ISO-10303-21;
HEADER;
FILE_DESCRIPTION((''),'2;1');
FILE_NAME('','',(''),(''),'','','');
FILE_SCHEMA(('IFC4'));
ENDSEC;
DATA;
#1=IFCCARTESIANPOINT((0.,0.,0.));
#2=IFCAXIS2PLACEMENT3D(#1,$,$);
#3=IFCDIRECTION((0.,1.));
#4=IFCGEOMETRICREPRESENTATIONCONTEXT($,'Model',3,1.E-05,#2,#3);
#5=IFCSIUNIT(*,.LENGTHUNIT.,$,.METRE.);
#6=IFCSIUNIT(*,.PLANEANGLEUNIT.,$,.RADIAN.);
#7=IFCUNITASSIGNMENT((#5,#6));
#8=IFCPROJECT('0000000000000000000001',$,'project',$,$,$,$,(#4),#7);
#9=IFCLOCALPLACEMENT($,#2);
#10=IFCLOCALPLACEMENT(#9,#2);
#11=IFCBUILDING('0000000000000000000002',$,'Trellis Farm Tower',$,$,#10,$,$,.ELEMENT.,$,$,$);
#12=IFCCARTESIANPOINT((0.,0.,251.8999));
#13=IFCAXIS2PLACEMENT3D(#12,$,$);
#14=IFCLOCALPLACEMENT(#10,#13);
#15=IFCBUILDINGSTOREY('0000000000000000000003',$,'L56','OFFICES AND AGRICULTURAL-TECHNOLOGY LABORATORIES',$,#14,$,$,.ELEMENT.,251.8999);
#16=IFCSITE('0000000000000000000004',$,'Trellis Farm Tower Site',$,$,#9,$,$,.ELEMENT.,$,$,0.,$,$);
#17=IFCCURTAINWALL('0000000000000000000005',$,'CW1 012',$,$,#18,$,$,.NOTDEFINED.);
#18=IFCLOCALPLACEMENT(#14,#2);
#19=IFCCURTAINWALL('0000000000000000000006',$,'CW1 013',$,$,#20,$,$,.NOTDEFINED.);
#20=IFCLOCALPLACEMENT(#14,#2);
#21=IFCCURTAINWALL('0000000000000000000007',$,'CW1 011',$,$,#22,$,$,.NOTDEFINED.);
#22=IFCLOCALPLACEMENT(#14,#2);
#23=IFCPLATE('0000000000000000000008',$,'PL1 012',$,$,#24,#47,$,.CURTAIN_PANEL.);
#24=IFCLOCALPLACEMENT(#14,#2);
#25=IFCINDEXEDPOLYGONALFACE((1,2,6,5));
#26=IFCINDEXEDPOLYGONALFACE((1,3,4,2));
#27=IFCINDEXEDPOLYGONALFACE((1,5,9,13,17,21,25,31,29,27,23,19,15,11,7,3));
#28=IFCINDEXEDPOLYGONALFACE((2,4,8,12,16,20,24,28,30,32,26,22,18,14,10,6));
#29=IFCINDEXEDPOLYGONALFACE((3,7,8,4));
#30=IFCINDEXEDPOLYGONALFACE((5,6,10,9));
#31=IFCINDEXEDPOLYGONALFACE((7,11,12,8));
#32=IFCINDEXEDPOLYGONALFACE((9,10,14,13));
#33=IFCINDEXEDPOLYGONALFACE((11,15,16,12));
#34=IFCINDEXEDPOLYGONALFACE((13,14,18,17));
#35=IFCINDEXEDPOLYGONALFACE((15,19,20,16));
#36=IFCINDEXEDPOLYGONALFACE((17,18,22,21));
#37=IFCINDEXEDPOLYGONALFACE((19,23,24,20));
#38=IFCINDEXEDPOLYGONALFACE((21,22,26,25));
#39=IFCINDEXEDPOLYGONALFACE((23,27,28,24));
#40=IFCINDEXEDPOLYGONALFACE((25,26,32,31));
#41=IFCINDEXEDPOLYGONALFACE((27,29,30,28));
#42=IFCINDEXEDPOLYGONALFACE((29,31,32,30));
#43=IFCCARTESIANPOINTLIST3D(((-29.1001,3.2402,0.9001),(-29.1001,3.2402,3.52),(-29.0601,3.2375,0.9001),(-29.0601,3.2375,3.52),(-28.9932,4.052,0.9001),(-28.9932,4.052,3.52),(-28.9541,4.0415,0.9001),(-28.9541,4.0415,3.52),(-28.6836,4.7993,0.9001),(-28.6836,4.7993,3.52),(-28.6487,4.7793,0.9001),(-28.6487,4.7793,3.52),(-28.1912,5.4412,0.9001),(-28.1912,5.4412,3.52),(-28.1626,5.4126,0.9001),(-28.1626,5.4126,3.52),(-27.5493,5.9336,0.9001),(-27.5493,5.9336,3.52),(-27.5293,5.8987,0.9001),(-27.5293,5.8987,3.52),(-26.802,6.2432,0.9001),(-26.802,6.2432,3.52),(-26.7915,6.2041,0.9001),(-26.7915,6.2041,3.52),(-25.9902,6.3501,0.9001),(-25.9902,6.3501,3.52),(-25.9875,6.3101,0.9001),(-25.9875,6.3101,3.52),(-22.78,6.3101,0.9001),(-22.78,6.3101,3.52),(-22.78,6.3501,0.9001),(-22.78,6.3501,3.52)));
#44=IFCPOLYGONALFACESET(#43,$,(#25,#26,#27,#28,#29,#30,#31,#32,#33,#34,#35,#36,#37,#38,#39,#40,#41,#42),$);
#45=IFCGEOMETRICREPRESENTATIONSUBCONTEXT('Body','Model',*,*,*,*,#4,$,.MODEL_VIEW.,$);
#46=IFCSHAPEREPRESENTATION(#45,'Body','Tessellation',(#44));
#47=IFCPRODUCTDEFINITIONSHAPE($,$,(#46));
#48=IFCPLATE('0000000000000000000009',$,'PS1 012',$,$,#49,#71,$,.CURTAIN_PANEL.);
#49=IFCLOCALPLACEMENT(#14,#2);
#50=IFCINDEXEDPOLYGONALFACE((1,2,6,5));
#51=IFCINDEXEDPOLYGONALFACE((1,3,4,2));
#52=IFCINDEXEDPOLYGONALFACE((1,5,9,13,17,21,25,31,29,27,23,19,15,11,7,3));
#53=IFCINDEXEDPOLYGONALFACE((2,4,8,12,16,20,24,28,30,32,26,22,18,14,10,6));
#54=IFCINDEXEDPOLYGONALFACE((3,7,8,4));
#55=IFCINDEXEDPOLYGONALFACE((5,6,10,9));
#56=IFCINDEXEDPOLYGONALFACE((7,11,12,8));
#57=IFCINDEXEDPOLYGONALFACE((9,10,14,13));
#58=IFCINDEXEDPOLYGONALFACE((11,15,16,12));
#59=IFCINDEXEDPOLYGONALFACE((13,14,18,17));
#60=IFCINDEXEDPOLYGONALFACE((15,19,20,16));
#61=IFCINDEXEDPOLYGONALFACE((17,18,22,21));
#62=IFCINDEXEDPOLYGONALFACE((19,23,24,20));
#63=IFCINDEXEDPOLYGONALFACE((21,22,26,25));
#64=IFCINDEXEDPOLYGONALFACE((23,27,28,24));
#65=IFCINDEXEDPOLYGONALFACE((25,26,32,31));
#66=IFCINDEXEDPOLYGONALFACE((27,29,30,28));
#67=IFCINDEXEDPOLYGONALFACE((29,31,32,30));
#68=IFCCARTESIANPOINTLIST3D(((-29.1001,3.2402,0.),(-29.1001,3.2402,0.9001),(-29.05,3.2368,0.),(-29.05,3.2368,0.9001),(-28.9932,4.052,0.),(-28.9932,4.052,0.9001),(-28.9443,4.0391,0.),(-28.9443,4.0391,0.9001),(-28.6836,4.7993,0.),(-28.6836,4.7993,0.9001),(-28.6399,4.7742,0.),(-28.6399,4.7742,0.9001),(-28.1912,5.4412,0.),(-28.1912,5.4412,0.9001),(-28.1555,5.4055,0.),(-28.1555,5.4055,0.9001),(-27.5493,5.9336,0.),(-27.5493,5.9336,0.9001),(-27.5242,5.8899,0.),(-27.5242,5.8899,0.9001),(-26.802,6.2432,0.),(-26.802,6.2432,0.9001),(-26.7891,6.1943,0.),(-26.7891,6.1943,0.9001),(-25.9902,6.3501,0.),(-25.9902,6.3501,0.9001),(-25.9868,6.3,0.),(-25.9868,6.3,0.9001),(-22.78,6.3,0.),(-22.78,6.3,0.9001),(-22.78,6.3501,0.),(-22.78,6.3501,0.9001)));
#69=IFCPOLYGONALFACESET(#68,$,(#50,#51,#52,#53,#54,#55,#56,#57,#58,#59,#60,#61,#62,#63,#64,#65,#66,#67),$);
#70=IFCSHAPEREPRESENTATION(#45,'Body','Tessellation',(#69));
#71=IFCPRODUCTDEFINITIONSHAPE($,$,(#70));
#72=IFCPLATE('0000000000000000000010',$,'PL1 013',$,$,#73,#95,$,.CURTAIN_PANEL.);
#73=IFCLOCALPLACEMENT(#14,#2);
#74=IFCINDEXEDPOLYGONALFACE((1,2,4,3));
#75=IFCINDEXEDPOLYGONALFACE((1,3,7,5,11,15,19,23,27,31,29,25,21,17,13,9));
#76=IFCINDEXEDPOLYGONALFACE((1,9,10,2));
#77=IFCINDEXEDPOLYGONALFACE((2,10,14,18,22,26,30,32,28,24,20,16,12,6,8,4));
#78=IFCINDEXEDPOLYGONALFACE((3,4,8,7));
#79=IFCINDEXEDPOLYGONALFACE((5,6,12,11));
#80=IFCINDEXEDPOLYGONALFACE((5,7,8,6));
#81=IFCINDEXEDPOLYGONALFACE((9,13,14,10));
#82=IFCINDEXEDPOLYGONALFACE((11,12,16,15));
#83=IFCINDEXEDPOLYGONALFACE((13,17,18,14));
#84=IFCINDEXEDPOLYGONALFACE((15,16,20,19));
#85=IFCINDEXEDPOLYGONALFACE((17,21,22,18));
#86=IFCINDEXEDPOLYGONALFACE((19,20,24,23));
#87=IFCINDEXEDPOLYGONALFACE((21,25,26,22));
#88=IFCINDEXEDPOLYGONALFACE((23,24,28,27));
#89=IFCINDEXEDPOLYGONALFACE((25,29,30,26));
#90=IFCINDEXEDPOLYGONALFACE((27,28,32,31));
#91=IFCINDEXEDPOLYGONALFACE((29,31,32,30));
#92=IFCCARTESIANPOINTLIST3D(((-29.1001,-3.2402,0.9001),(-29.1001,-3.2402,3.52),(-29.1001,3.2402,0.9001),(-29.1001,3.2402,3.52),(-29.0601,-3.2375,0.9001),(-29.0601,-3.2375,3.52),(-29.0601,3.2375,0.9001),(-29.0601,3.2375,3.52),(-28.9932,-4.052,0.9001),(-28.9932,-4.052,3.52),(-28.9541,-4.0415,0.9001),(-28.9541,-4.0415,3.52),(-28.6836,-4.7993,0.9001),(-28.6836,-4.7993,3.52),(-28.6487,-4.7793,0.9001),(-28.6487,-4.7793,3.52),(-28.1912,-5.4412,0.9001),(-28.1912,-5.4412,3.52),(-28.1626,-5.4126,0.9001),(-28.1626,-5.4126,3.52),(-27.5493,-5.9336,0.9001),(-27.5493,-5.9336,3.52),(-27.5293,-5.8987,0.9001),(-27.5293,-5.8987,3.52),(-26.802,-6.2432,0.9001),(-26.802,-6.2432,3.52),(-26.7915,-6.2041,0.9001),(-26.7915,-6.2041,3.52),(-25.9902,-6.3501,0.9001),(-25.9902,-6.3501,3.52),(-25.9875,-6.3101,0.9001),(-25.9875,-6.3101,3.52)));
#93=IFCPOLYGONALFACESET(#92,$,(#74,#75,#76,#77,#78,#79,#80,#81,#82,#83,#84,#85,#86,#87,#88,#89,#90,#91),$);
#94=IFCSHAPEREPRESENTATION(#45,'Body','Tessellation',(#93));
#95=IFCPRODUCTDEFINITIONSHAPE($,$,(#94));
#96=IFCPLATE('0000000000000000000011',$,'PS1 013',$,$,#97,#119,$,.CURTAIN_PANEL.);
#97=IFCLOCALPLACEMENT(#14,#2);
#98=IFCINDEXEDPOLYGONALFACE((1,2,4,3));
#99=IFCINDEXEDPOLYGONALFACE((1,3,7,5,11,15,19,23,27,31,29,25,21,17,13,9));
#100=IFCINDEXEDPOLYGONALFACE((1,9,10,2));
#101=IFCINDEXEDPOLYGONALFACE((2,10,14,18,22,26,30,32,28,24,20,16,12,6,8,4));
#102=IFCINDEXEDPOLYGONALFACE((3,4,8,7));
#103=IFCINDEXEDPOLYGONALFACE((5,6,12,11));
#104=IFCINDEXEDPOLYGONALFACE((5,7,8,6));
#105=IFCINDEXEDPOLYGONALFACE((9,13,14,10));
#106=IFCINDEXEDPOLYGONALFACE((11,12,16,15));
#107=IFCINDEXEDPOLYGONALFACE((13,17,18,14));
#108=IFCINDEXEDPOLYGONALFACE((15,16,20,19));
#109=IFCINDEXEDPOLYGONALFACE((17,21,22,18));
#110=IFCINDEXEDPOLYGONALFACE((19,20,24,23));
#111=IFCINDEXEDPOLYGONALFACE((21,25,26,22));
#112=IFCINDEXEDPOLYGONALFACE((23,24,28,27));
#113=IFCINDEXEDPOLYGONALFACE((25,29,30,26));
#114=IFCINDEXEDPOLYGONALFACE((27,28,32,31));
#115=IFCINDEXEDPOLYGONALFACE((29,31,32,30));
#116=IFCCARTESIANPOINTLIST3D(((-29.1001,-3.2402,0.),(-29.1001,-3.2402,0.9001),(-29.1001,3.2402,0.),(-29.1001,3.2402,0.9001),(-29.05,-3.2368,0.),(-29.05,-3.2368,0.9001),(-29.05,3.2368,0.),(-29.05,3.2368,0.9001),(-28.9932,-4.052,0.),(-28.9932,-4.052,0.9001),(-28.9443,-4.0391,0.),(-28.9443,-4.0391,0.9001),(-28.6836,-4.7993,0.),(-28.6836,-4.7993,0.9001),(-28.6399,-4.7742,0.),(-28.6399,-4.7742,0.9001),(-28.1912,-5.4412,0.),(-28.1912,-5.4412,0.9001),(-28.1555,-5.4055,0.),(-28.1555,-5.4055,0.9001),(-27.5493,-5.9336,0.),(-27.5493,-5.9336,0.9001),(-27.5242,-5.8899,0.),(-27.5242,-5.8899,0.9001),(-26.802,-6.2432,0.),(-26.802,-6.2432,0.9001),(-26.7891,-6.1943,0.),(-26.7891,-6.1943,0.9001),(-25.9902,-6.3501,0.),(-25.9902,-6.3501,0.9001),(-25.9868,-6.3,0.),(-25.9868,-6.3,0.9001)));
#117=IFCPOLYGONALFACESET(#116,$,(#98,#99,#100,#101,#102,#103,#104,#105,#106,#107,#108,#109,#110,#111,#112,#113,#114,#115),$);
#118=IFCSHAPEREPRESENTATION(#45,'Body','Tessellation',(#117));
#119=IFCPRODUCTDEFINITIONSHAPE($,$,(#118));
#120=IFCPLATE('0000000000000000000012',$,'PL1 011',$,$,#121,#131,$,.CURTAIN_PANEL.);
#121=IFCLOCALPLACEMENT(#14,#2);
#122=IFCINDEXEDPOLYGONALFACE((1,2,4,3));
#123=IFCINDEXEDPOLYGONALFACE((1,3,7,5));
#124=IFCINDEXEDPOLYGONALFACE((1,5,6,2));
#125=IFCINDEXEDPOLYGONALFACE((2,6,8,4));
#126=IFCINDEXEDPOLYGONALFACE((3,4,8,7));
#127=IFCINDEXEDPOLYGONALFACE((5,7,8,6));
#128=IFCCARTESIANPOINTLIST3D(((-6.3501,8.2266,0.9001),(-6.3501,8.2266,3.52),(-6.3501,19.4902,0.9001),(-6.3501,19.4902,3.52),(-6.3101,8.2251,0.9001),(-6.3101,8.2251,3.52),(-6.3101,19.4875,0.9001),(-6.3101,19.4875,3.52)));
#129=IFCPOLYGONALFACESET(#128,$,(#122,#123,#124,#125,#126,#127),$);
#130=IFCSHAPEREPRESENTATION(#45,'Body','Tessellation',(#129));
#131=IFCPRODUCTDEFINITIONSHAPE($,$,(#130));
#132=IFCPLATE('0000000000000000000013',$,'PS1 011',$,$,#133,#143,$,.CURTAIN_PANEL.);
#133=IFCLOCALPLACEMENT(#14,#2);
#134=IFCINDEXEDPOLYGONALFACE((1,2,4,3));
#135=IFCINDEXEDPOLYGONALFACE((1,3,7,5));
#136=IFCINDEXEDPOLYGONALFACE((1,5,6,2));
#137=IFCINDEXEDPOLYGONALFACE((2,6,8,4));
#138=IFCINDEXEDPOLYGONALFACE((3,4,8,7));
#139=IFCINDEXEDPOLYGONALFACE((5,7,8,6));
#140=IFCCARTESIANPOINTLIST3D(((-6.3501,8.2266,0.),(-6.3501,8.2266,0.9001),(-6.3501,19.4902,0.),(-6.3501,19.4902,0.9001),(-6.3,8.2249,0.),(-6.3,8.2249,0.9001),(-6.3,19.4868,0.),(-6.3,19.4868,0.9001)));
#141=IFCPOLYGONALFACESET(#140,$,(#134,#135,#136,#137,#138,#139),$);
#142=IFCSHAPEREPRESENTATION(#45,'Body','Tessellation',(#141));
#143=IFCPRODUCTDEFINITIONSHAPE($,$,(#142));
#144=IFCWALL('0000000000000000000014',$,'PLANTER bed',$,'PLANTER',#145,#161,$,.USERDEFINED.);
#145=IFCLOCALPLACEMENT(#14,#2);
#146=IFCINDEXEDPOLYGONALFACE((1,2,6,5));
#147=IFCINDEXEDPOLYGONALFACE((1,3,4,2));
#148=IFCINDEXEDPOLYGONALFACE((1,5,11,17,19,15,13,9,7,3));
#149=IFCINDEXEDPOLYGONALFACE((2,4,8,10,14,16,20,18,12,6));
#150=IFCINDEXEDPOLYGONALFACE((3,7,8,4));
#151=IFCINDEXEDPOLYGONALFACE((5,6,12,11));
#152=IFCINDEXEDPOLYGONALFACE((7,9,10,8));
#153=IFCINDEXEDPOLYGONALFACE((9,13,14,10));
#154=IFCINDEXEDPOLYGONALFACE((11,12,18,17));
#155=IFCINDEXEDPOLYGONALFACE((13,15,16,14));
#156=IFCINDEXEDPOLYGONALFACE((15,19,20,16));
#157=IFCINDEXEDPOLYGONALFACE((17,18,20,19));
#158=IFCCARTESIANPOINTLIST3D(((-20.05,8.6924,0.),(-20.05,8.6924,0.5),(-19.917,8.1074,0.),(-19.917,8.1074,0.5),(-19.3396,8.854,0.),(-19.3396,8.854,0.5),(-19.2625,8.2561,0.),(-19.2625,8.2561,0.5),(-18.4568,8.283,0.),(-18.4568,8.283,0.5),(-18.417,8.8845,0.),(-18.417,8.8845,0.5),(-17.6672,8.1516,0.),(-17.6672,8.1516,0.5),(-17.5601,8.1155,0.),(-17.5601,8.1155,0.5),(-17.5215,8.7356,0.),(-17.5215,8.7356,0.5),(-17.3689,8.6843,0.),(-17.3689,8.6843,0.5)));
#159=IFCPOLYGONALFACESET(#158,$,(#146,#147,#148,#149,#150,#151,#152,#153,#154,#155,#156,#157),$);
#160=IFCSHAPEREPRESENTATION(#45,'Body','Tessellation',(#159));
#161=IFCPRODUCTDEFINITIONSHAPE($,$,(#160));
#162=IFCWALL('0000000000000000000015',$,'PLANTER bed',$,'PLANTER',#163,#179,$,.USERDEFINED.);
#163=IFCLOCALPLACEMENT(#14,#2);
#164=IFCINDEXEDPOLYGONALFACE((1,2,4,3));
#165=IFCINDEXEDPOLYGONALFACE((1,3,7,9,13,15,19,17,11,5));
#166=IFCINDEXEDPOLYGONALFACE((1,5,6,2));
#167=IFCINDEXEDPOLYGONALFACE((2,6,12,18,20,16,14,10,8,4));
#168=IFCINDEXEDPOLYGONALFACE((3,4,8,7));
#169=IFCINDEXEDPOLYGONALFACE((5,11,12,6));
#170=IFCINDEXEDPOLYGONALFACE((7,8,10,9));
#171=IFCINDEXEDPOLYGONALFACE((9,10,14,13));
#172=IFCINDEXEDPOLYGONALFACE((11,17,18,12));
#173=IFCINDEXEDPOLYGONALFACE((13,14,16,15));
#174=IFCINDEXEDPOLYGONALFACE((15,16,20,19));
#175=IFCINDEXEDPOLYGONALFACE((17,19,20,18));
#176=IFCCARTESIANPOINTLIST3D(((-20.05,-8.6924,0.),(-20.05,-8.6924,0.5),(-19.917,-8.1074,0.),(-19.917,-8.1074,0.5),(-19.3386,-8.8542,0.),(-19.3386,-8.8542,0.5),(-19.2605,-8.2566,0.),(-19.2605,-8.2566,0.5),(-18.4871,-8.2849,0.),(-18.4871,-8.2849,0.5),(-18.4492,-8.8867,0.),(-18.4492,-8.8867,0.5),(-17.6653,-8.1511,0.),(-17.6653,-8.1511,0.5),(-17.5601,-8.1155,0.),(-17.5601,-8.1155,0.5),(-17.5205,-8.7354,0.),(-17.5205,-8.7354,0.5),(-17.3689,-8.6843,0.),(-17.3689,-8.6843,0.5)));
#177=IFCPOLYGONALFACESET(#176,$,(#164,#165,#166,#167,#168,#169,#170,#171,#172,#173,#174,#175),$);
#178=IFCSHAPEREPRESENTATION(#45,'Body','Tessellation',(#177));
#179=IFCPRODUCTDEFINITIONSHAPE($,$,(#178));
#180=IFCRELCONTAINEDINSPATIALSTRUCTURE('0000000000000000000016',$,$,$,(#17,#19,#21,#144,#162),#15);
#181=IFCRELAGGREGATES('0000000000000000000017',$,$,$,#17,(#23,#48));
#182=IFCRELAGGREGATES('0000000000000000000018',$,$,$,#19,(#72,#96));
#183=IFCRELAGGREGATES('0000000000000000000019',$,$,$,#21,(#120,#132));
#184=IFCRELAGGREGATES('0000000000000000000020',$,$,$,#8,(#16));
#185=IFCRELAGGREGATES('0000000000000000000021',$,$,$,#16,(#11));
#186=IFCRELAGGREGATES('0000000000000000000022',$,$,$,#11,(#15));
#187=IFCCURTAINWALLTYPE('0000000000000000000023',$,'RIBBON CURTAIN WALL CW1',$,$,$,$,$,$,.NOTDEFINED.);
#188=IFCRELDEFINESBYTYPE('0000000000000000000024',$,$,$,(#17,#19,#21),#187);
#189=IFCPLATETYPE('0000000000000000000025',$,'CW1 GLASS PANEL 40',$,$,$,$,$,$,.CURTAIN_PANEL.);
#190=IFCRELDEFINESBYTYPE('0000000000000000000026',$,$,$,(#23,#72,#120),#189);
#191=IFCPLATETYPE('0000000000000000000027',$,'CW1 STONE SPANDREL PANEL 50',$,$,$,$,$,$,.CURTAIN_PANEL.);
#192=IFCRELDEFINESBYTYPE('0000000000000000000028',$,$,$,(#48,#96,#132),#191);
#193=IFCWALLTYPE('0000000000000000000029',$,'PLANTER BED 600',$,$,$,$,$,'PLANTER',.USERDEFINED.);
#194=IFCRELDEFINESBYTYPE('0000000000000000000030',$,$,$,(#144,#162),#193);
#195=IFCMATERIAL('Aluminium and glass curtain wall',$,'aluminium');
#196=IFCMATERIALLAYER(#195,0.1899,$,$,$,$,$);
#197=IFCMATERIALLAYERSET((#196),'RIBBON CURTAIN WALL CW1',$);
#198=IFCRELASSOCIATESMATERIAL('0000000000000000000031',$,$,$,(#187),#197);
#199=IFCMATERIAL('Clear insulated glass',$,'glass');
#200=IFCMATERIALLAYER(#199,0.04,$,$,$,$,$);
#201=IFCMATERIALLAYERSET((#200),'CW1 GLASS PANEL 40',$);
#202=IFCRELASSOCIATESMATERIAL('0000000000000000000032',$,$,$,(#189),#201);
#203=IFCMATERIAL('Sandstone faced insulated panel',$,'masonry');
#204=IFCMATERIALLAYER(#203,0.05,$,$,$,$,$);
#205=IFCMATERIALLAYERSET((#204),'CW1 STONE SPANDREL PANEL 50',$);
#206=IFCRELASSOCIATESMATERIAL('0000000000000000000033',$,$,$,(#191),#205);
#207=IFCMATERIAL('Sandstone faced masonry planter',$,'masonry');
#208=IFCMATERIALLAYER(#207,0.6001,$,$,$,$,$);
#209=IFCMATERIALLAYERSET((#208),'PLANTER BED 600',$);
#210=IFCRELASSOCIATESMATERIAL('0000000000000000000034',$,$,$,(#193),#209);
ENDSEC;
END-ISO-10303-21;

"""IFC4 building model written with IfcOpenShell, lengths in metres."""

from ifc_helpers import new_model, si_unit, direction, frame, origin, place, context, subcontext, project, spatial, polyline, outline, extrude, source, transform, mapped, material, layer, layer_set, type_object, element, aggregate, save


model = new_model("IFC4")

# Units and contexts
model_context = context("Model", 3, precision=1e-05, world=origin(), true_north=direction((0.0, 1.0)))
body_context = subcontext(model_context, "Body", "Model", "MODEL_VIEW")
ifc_project = project(units=[si_unit("LENGTHUNIT", "METRE"), si_unit("PLANEANGLEUNIT", "RADIAN")], contexts=[model_context])

# Site, building, storey
site_placement = place(None, origin())
site = spatial("IfcSite", under=ifc_project, at=site_placement, Name="Trellis Farm Tower Site", CompositionType="ELEMENT", RefElevation=0.0)
building_placement = place(site_placement, origin())
building = spatial("IfcBuilding", under=site, at=building_placement, Name="Trellis Farm Tower", CompositionType="ELEMENT")
storey_placement = place(building_placement, frame((0.0, 0.0, 251.8999)))
storey = spatial("IfcBuildingStorey", under=building, at=storey_placement, Name="L56", Description="OFFICES AND AGRICULTURAL-TECHNOLOGY LABORATORIES", CompositionType="ELEMENT", Elevation=251.8999)

# Curtain walls
ifc_material_1 = material(Name="Aluminium and glass curtain wall", Category="aluminium")
ifc_layer_1 = layer(ifc_material_1, 0.1899)
ifc_layer_set_1 = layer_set([ifc_layer_1], Name="RIBBON CURTAIN WALL CW1")
curtain_wall_type_1 = type_object("IfcCurtainWallType", Name="RIBBON CURTAIN WALL CW1", PredefinedType="NOTDEFINED", material=ifc_layer_set_1)
placement_1 = place(storey_placement, origin())
curtain_wall_1 = element("IfcCurtainWall", 1, at=placement_1, inside=storey, type_object=curtain_wall_type_1, Name="CW1 012", PredefinedType="NOTDEFINED")
curtain_wall_2 = element("IfcCurtainWall", 2, at=placement_1, inside=storey, type_object=curtain_wall_type_1, Name="CW1 013", PredefinedType="NOTDEFINED")
curtain_wall_3 = element("IfcCurtainWall", 3, at=placement_1, inside=storey, type_object=curtain_wall_type_1, Name="CW1 011", PredefinedType="NOTDEFINED")

# Plates
ifc_material_2 = material(Name="Clear insulated glass", Category="glass")
ifc_layer_2 = layer(ifc_material_2, 0.04)
ifc_layer_set_2 = layer_set([ifc_layer_2], Name="CW1 GLASS PANEL 40")
plate_type_1 = type_object("IfcPlateType", Name="CW1 GLASS PANEL 40", PredefinedType="CURTAIN_PANEL", material=ifc_layer_set_2)
shared_shape_1 = source(origin(), body_context, "Body", "SweptSolid", [
    extrude(outline(polyline([(-22.78, 6.3501), (-25.9902, 6.3501), (-26.802, 6.2432), (-27.5493, 5.9336), (-28.1912, 5.4412), (-28.6836, 4.7993), (-28.9932, 4.052), (-29.1001, 3.2402), (-29.0601, 3.2375), (-28.9541, 4.0415), (-28.6487, 4.7793), (-28.1626, 5.4126), (-27.5293, 5.8987), (-26.7915, 6.2041), (-25.9875, 6.3101), (-22.78, 6.3101), (-22.78, 6.3501)])), origin(), (0.0, 0.0, 1.0), 2.6199),
])
placement_2 = place(storey_placement, frame((0.0, 0.0, 0.9001)))
plate_1 = element("IfcPlate", 4, at=placement_2, type_object=plate_type_1, Name="PL1 012", PredefinedType="CURTAIN_PANEL", context=body_context, shape_type="MappedRepresentation", body=[
    mapped(shared_shape_1, transform((0.0, 0.0, 0.0))),
])
ifc_material_3 = material(Name="Sandstone faced insulated panel", Category="masonry")
ifc_layer_3 = layer(ifc_material_3, 0.05)
ifc_layer_set_3 = layer_set([ifc_layer_3], Name="CW1 STONE SPANDREL PANEL 50")
plate_type_2 = type_object("IfcPlateType", Name="CW1 STONE SPANDREL PANEL 50", PredefinedType="CURTAIN_PANEL", material=ifc_layer_set_3)
shared_shape_2 = source(origin(), body_context, "Body", "SweptSolid", [
    extrude(outline(polyline([(-22.78, 6.3501), (-25.9902, 6.3501), (-26.802, 6.2432), (-27.5493, 5.9336), (-28.1912, 5.4412), (-28.6836, 4.7993), (-28.9932, 4.052), (-29.1001, 3.2402), (-29.05, 3.2368), (-28.9443, 4.0391), (-28.6399, 4.7742), (-28.1555, 5.4055), (-27.5242, 5.8899), (-26.7891, 6.1943), (-25.9868, 6.3), (-22.78, 6.3), (-22.78, 6.3501)])), origin(), (0.0, 0.0, 1.0), 0.9001),
])
plate_2 = element("IfcPlate", 5, at=placement_1, type_object=plate_type_2, Name="PS1 012", PredefinedType="CURTAIN_PANEL", context=body_context, shape_type="MappedRepresentation", body=[
    mapped(shared_shape_2, transform((0.0, 0.0, 0.0))),
])
aggregate(curtain_wall_1, [plate_1, plate_2])
shared_shape_3 = source(origin(), body_context, "Body", "SweptSolid", [
    extrude(outline(polyline([(-29.1001, 3.2402), (-29.1001, -3.2402), (-28.9932, -4.052), (-28.6836, -4.7993), (-28.1912, -5.4412), (-27.5493, -5.9336), (-26.802, -6.2432), (-25.9902, -6.3501), (-25.9875, -6.3101), (-26.7915, -6.2041), (-27.5293, -5.8987), (-28.1626, -5.4126), (-28.6487, -4.7793), (-28.9541, -4.0415), (-29.0601, -3.2375), (-29.0601, 3.2375), (-29.1001, 3.2402)])), origin(), (0.0, 0.0, 1.0), 2.6199),
])
plate_3 = element("IfcPlate", 6, at=placement_2, type_object=plate_type_1, Name="PL1 013", PredefinedType="CURTAIN_PANEL", context=body_context, shape_type="MappedRepresentation", body=[
    mapped(shared_shape_3, transform((0.0, 0.0, 0.0))),
])
shared_shape_4 = source(origin(), body_context, "Body", "SweptSolid", [
    extrude(outline(polyline([(-29.1001, 3.2402), (-29.1001, -3.2402), (-28.9932, -4.052), (-28.6836, -4.7993), (-28.1912, -5.4412), (-27.5493, -5.9336), (-26.802, -6.2432), (-25.9902, -6.3501), (-25.9868, -6.3), (-26.7891, -6.1943), (-27.5242, -5.8899), (-28.1555, -5.4055), (-28.6399, -4.7742), (-28.9443, -4.0391), (-29.05, -3.2368), (-29.05, 3.2368), (-29.1001, 3.2402)])), origin(), (0.0, 0.0, 1.0), 0.9001),
])
plate_4 = element("IfcPlate", 7, at=placement_1, type_object=plate_type_2, Name="PS1 013", PredefinedType="CURTAIN_PANEL", context=body_context, shape_type="MappedRepresentation", body=[
    mapped(shared_shape_4, transform((0.0, 0.0, 0.0))),
])
aggregate(curtain_wall_2, [plate_3, plate_4])
shared_shape_5 = source(origin(), body_context, "Body", "SweptSolid", [
    extrude(outline(polyline([(-6.3501, 19.4902), (-6.3501, 8.2266), (-6.3101, 8.2251), (-6.3101, 19.4875), (-6.3501, 19.4902)])), origin(), (0.0, 0.0, 1.0), 2.6199),
])
plate_5 = element("IfcPlate", 8, at=placement_2, type_object=plate_type_1, Name="PL1 011", PredefinedType="CURTAIN_PANEL", context=body_context, shape_type="MappedRepresentation", body=[
    mapped(shared_shape_5, transform((0.0, 0.0, 0.0))),
])
shared_shape_6 = source(origin(), body_context, "Body", "SweptSolid", [
    extrude(outline(polyline([(-6.3501, 19.4902), (-6.3501, 8.2266), (-6.3, 8.2249), (-6.3, 19.4868), (-6.3501, 19.4902)])), origin(), (0.0, 0.0, 1.0), 0.9001),
])
plate_6 = element("IfcPlate", 9, at=placement_1, type_object=plate_type_2, Name="PS1 011", PredefinedType="CURTAIN_PANEL", context=body_context, shape_type="MappedRepresentation", body=[
    mapped(shared_shape_6, transform((0.0, 0.0, 0.0))),
])
aggregate(curtain_wall_3, [plate_5, plate_6])

# Walls
ifc_material_4 = material(Name="Sandstone faced masonry planter", Category="masonry")
ifc_layer_4 = layer(ifc_material_4, 0.6001)
ifc_layer_set_4 = layer_set([ifc_layer_4], Name="PLANTER BED 600")
wall_type_1 = type_object("IfcWallType", Name="PLANTER BED 600", ElementType="PLANTER", PredefinedType="USERDEFINED", material=ifc_layer_set_4)
element("IfcWall", 10, at=placement_1, inside=storey, type_object=wall_type_1, Name="PLANTER bed", ObjectType="PLANTER", PredefinedType="USERDEFINED", context=body_context, shape_type="SweptSolid", body=[
    extrude(outline(polyline([(-19.3396, 8.854), (-18.417, 8.8845), (-17.5215, 8.7356), (-17.3689, 8.6843), (-17.5601, 8.1155), (-17.6672, 8.1516), (-18.4568, 8.283), (-19.2625, 8.2561), (-19.917, 8.1074), (-20.05, 8.6924), (-19.3396, 8.854)])), origin(), (0.0, 0.0, 1.0), 0.5),
])
element("IfcWall", 11, at=placement_1, inside=storey, type_object=wall_type_1, Name="PLANTER bed", ObjectType="PLANTER", PredefinedType="USERDEFINED", context=body_context, shape_type="SweptSolid", body=[
    extrude(outline(polyline([(-18.4492, -8.8867), (-19.3386, -8.8542), (-20.05, -8.6924), (-19.917, -8.1074), (-19.2605, -8.2566), (-18.4871, -8.2849), (-17.6653, -8.1511), (-17.5601, -8.1155), (-17.3689, -8.6843), (-17.5205, -8.7354), (-18.4492, -8.8867)])), origin(), (0.0, 0.0, 1.0), 0.5),
])

save(model, "model.ifc")
